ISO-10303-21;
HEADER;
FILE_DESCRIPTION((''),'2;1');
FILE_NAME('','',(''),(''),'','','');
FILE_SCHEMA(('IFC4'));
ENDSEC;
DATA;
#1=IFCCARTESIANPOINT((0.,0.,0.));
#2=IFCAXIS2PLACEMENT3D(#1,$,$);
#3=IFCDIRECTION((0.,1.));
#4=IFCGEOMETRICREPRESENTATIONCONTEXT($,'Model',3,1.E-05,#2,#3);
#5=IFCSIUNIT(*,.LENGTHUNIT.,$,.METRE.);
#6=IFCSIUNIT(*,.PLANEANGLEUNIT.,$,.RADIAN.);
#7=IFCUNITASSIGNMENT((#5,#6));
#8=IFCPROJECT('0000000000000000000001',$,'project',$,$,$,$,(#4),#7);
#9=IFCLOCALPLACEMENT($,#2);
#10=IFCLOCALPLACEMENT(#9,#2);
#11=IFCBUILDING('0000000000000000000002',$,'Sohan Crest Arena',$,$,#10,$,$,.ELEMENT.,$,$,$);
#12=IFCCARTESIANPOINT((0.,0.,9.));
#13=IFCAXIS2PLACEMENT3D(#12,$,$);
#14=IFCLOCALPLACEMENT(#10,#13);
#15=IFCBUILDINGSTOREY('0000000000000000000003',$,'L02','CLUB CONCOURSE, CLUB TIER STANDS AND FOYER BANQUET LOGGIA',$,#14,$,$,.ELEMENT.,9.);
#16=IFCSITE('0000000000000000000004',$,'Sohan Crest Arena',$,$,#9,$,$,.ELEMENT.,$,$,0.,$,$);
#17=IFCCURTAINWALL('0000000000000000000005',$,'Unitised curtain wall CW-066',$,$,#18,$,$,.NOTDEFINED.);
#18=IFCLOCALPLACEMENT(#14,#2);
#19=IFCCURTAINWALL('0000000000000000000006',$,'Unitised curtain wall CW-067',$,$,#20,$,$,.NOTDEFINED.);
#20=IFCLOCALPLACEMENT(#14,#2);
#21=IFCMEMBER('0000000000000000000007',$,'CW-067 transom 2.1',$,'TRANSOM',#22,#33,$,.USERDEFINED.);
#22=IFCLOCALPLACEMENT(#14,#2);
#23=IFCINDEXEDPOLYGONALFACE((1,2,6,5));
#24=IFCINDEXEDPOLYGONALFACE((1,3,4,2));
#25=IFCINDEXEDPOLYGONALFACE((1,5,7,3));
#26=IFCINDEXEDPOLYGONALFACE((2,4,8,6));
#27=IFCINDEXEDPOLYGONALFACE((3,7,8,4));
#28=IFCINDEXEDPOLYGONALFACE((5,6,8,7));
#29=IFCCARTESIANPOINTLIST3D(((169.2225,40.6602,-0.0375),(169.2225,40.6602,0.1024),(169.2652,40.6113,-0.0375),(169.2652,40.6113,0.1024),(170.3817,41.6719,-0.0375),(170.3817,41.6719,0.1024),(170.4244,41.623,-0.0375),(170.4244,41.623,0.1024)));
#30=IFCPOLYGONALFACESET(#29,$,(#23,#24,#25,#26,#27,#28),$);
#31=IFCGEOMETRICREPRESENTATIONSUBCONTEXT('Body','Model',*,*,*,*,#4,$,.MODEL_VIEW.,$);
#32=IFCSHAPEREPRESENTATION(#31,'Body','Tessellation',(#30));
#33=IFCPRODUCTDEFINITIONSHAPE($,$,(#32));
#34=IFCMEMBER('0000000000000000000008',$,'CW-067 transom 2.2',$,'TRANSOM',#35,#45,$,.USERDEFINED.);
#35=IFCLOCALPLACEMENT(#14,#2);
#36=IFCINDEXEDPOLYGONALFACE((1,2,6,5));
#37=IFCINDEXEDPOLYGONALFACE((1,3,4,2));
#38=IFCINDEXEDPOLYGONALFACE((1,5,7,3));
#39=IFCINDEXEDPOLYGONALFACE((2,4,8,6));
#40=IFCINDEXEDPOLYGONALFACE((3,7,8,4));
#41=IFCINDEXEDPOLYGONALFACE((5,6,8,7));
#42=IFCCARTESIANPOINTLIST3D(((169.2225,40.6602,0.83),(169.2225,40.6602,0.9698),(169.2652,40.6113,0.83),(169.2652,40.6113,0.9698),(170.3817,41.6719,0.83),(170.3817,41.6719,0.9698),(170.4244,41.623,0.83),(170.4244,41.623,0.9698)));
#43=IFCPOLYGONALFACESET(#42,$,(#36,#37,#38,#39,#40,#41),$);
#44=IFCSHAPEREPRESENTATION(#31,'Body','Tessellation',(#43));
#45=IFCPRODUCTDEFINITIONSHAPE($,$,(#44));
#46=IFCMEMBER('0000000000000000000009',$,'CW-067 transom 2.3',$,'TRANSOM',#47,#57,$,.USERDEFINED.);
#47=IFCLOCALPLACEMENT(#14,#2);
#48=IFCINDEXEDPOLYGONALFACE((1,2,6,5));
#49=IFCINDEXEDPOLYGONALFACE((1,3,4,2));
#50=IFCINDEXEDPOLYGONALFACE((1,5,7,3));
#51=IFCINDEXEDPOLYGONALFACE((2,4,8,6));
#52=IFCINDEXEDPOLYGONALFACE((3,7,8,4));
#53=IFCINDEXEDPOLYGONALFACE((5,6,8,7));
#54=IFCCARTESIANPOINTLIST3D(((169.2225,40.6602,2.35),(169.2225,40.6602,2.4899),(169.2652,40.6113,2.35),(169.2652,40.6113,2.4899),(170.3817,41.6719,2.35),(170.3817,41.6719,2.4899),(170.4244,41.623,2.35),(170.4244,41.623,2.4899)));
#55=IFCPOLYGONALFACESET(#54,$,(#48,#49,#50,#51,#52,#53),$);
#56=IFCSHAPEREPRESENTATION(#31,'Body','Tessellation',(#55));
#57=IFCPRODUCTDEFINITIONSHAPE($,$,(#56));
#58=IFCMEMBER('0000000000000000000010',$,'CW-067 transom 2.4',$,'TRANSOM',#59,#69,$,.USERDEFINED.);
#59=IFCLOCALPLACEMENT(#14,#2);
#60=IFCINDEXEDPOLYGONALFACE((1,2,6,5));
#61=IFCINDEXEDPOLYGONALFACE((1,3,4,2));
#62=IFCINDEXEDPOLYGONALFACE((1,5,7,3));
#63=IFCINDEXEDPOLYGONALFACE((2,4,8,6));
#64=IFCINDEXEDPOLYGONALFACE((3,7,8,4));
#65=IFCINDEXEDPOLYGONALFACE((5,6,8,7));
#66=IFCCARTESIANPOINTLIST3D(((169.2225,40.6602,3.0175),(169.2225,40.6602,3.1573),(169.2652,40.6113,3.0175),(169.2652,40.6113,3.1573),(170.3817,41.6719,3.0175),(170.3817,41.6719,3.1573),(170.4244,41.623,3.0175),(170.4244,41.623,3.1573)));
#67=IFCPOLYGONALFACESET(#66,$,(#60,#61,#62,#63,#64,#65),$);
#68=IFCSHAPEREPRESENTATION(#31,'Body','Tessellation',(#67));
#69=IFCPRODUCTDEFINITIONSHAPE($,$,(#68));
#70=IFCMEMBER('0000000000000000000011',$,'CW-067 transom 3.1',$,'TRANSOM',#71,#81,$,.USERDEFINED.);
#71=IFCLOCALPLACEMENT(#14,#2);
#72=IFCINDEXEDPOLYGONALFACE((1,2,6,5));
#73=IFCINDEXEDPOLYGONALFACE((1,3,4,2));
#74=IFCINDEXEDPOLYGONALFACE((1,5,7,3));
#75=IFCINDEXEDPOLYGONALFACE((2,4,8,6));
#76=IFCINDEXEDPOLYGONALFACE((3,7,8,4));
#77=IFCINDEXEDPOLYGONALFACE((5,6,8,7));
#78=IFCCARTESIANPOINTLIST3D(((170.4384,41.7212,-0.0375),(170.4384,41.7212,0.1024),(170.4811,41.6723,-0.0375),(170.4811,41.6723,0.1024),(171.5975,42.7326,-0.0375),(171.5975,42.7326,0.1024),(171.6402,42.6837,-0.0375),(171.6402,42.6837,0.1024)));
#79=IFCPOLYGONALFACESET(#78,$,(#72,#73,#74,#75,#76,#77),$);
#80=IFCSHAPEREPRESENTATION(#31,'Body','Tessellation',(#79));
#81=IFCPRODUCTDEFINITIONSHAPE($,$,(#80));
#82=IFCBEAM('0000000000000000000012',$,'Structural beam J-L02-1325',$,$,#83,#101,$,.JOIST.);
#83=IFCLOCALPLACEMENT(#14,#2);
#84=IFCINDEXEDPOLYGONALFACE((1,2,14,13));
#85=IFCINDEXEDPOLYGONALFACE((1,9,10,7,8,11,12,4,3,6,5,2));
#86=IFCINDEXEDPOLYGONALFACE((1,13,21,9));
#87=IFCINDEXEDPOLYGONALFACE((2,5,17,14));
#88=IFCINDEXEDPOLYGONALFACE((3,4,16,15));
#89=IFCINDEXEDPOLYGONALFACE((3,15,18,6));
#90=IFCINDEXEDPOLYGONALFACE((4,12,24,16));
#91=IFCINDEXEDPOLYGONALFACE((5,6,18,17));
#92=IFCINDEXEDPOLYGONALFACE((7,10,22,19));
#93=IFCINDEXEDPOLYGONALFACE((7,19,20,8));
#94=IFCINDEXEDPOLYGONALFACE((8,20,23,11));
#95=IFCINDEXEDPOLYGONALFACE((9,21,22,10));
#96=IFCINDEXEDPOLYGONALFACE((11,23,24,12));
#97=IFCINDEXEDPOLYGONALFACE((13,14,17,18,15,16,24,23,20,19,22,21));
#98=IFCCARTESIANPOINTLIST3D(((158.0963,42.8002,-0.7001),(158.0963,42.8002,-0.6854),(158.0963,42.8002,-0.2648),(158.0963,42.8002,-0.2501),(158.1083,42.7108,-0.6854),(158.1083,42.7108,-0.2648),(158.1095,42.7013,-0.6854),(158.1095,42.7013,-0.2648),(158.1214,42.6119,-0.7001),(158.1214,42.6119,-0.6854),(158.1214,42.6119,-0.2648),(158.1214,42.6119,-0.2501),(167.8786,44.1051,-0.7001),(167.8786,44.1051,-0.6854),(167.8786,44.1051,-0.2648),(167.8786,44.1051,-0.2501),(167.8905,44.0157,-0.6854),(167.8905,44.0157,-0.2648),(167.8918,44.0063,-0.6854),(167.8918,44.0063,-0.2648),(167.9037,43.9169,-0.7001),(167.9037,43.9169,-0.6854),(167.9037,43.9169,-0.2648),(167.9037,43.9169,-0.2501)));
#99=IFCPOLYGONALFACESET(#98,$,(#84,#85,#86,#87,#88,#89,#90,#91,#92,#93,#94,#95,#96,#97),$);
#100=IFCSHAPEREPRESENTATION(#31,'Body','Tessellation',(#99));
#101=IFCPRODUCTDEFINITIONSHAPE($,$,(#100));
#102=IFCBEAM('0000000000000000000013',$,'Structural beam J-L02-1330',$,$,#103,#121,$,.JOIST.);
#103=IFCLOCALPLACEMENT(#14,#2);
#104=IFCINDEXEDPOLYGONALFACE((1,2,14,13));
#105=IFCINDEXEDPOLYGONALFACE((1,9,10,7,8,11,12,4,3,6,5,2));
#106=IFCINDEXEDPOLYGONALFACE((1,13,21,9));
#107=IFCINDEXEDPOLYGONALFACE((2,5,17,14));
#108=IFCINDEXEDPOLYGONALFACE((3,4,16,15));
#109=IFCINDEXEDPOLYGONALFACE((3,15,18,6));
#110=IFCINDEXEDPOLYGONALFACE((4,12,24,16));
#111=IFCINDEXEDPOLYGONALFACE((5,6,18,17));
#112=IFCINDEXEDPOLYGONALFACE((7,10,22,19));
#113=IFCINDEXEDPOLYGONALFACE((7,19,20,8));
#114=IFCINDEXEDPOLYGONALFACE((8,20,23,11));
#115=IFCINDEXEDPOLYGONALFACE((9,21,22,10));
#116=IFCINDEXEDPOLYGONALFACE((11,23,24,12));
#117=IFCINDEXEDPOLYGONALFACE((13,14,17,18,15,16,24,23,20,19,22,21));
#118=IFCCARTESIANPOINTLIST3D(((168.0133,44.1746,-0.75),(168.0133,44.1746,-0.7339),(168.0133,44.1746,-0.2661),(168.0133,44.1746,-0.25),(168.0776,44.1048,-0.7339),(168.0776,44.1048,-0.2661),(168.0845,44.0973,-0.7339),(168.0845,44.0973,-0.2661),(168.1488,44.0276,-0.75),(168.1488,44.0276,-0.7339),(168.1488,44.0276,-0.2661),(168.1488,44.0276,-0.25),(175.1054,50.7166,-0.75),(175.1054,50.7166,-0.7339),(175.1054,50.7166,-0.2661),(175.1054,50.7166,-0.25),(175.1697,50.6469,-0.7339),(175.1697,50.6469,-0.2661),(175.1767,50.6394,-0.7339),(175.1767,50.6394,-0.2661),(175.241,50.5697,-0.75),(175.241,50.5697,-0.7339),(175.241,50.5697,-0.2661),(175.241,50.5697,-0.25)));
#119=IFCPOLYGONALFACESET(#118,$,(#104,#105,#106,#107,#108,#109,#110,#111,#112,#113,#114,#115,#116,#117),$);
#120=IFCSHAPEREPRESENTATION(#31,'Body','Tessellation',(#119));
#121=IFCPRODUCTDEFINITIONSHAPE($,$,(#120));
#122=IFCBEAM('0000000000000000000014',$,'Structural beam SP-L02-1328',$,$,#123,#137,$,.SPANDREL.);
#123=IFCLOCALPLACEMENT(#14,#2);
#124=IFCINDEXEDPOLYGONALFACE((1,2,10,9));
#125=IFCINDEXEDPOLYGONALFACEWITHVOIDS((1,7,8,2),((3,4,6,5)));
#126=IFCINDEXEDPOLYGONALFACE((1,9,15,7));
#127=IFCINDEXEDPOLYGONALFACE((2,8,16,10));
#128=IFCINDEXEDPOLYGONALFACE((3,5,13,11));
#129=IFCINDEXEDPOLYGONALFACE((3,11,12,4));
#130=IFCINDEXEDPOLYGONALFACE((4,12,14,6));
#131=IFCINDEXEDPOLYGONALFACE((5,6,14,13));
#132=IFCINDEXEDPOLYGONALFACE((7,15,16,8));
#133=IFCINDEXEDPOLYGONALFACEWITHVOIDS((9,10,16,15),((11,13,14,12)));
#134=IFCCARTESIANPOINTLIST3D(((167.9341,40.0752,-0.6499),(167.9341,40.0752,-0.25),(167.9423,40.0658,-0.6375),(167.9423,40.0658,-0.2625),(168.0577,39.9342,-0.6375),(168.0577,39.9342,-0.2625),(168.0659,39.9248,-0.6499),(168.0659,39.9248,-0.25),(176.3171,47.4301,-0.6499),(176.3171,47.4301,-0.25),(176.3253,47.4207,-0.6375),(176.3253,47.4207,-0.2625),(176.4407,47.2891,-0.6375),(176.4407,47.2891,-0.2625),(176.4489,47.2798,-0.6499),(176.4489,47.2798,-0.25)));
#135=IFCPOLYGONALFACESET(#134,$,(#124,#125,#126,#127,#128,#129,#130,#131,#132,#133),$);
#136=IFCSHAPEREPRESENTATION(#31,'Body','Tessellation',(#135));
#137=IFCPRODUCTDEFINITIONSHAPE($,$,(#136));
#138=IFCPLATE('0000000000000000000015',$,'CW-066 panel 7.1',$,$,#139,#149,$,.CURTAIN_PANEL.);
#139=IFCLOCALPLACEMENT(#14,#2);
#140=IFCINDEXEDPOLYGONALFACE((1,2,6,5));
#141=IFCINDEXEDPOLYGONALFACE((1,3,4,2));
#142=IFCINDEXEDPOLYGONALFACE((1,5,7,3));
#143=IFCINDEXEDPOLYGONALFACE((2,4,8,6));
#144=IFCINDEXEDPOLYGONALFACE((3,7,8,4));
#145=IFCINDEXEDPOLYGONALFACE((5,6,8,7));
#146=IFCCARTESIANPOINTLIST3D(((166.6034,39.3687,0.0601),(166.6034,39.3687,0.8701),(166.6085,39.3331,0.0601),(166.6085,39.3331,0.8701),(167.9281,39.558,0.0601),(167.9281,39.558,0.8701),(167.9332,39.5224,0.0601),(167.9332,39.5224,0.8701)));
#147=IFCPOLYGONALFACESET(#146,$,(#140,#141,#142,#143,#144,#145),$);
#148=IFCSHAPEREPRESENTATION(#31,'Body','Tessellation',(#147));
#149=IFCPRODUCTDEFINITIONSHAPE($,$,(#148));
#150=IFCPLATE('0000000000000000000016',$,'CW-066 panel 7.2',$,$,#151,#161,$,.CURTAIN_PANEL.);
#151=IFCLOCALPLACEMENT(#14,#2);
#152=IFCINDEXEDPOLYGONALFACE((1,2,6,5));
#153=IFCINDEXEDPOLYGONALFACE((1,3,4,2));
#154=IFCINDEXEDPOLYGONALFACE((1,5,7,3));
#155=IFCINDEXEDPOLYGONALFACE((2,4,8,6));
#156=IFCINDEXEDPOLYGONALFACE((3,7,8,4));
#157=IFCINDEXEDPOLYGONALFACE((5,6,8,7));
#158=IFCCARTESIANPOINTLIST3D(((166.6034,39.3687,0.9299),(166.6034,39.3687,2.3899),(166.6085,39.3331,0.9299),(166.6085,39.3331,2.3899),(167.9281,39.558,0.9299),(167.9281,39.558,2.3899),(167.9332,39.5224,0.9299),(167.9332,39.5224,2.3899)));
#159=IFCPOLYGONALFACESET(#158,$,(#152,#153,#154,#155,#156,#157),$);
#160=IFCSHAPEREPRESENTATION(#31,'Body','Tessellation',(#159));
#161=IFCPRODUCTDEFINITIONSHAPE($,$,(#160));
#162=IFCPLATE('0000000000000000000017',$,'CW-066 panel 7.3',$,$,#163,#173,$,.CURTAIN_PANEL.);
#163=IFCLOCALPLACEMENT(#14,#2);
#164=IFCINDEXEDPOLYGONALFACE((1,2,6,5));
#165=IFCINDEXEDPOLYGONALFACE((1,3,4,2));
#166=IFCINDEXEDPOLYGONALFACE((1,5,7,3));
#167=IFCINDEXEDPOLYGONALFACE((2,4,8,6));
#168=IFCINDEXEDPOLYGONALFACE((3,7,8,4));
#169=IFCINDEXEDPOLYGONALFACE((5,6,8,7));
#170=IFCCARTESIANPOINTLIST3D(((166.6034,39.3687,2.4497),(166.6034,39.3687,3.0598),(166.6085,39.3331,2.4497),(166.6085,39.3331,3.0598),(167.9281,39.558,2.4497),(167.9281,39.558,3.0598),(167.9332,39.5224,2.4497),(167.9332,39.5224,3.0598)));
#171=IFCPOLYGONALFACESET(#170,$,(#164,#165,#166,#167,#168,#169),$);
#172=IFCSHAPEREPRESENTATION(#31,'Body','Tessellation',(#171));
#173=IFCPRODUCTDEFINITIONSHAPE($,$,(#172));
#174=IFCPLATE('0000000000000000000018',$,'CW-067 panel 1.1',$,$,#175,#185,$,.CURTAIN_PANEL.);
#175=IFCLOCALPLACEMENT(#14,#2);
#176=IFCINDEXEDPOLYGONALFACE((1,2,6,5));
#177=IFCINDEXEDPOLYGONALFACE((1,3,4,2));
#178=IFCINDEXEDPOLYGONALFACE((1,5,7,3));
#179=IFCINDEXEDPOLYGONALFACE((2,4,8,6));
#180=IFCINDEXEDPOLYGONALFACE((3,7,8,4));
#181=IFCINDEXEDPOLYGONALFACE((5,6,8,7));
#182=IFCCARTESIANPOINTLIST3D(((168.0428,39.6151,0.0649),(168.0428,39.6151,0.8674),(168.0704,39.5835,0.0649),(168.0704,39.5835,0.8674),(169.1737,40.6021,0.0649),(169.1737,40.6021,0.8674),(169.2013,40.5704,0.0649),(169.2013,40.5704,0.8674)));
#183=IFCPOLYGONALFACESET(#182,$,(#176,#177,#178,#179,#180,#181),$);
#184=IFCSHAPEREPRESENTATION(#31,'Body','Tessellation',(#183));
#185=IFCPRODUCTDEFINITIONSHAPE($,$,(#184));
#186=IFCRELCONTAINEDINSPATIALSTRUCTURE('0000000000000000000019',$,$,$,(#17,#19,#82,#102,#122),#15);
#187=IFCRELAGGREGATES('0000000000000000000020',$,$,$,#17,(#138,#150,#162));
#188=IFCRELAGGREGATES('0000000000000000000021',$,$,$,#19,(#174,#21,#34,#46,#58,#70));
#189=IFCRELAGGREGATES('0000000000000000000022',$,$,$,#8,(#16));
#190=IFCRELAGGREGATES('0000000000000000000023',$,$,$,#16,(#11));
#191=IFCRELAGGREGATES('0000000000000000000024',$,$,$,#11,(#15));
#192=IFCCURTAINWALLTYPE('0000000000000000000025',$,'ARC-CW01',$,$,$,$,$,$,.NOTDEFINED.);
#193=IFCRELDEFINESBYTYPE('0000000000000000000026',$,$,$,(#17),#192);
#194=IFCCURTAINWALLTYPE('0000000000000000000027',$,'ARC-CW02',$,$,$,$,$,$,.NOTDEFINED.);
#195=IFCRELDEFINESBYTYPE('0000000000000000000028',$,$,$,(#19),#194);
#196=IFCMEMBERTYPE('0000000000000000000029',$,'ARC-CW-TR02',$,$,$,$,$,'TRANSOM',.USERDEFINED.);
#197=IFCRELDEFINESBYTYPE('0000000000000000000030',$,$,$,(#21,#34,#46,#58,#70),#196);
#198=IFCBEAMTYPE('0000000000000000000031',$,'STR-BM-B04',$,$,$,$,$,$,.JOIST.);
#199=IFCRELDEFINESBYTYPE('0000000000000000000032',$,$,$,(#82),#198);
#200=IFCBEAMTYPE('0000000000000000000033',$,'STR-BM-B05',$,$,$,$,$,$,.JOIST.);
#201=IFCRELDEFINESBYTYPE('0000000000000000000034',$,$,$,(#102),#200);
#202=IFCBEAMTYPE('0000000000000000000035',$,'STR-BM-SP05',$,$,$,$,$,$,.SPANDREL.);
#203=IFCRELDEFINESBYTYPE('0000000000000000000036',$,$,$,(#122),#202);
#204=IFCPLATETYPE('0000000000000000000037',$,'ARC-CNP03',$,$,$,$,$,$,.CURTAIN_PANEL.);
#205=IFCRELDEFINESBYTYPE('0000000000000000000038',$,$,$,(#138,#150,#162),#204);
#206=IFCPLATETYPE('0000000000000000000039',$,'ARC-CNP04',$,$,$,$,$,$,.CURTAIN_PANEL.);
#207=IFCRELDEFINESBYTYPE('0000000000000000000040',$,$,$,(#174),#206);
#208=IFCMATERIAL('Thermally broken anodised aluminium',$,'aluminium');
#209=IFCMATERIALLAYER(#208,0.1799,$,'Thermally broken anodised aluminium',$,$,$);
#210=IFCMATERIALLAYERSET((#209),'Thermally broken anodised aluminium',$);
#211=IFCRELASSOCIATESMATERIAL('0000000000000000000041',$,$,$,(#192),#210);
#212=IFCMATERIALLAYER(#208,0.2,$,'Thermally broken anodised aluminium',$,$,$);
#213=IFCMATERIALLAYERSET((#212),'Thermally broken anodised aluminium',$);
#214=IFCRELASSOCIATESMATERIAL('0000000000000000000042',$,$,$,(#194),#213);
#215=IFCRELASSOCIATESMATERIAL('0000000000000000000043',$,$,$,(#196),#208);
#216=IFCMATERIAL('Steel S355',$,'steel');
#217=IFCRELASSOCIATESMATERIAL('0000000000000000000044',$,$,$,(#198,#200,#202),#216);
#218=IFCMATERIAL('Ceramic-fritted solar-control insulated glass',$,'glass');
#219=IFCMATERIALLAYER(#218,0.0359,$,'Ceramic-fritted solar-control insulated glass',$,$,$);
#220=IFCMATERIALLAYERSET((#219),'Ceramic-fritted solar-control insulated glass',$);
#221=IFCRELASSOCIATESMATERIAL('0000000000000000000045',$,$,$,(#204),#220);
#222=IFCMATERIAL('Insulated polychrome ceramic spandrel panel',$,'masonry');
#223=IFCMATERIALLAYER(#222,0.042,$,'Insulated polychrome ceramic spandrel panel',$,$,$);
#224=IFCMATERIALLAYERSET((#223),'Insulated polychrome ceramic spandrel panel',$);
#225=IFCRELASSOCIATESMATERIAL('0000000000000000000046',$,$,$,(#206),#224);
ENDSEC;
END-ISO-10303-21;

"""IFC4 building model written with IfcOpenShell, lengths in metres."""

from ifc_helpers import new_model, si_unit, direction, frame, origin, origin_2d, place, context, subcontext, project, spatial, rectangle, hollow_rectangle, i_section, extrude, material, layer, layer_set, material_profile, profile_set, type_object, element, aggregate, save


model = new_model("IFC4")

# Units and contexts
model_context = context("Model", 3, precision=1e-05, world=origin(), true_north=direction((0.0, 1.0)))
body_context = subcontext(model_context, "Body", "Model", "MODEL_VIEW")
ifc_project = project(units=[si_unit("LENGTHUNIT", "METRE"), si_unit("PLANEANGLEUNIT", "RADIAN")], contexts=[model_context])

# Site, building, storey
site_placement = place(None, origin())
site = spatial("IfcSite", under=ifc_project, at=site_placement, Name="Sohan Crest Arena", CompositionType="ELEMENT", RefElevation=0.0)
building_placement = place(site_placement, origin())
building = spatial("IfcBuilding", under=site, at=building_placement, Name="Sohan Crest Arena", CompositionType="ELEMENT")
storey_placement = place(building_placement, frame((0.0, 0.0, 9.0)))
storey = spatial("IfcBuildingStorey", under=building, at=storey_placement, Name="L02", Description="CLUB CONCOURSE, CLUB TIER STANDS AND FOYER BANQUET LOGGIA", CompositionType="ELEMENT", Elevation=9.0)

# Shared definitions
ifc_material_1 = material(Name="Steel S355", Category="steel")

# Curtain wall
ifc_material_2 = material(Name="Thermally broken anodised aluminium", Category="aluminium")
ifc_layer_1 = layer(ifc_material_2, 0.1799, Name="Thermally broken anodised aluminium")
ifc_layer_set_1 = layer_set([ifc_layer_1], Name="Thermally broken anodised aluminium")
curtain_wall_type_1 = type_object("IfcCurtainWallType", Name="ARC-CW01", PredefinedType="NOTDEFINED", material=ifc_layer_set_1)
curtain_wall_1_placement = place(storey_placement, origin())
curtain_wall_1 = element("IfcCurtainWall", 1, at=curtain_wall_1_placement, inside=storey, type_object=curtain_wall_type_1, Name="Unitised curtain wall CW-066", PredefinedType="NOTDEFINED")

# Curtain wall
ifc_layer_2 = layer(ifc_material_2, 0.2, Name="Thermally broken anodised aluminium")
ifc_layer_set_2 = layer_set([ifc_layer_2], Name="Thermally broken anodised aluminium")
curtain_wall_type_2 = type_object("IfcCurtainWallType", Name="ARC-CW02", PredefinedType="NOTDEFINED", material=ifc_layer_set_2)
curtain_wall_2_placement = place(storey_placement, origin())
curtain_wall_2 = element("IfcCurtainWall", 2, at=curtain_wall_2_placement, inside=storey, type_object=curtain_wall_type_2, Name="Unitised curtain wall CW-067", PredefinedType="NOTDEFINED")

# Members
ifc_material_profile_1 = material_profile(ifc_material_2, rectangle(XDim=0.0649, YDim=0.1399, at=origin_2d()), Name="ALU-TRAN 65x140")
ifc_profile_set_1 = profile_set([ifc_material_profile_1], Name="Thermally broken anodised aluminium")
member_type_1 = type_object("IfcMemberType", Name="ARC-CW-TR02", ElementType="TRANSOM", PredefinedType="USERDEFINED", material=ifc_profile_set_1)
member_1_placement = place(storey_placement, frame((169.2439, 40.6357, 0.0325), z_axis=(0.753402, 0.65756, 0.0), x_axis=(-0.65756, 0.753402, 0.0)))
member_1 = element("IfcMember", 3, at=member_1_placement, type_object=member_type_1, Name="CW-067 transom 2.1", ObjectType="TRANSOM", PredefinedType="USERDEFINED", context=body_context, shape_type="SweptSolid", body=[
    extrude(rectangle(XDim=0.0649, YDim=0.1399, at=origin_2d()), origin(), (0.0, 0.0, 1.0), 1.5386),
])
member_2_placement = place(storey_placement, frame((169.2439, 40.6357, 0.8999), z_axis=(0.753402, 0.65756, 0.0), x_axis=(-0.65756, 0.753402, 0.0)))
member_2 = element("IfcMember", 4, at=member_2_placement, type_object=member_type_1, Name="CW-067 transom 2.2", ObjectType="TRANSOM", PredefinedType="USERDEFINED", context=body_context, shape_type="SweptSolid", body=[
    extrude(rectangle(XDim=0.0649, YDim=0.1399, at=origin_2d()), origin(), (0.0, 0.0, 1.0), 1.5386),
])
member_3_placement = place(storey_placement, frame((169.2439, 40.6357, 2.4199), z_axis=(0.753402, 0.65756, 0.0), x_axis=(-0.65756, 0.753402, 0.0)))
member_3 = element("IfcMember", 5, at=member_3_placement, type_object=member_type_1, Name="CW-067 transom 2.3", ObjectType="TRANSOM", PredefinedType="USERDEFINED", context=body_context, shape_type="SweptSolid", body=[
    extrude(rectangle(XDim=0.0649, YDim=0.1399, at=origin_2d()), origin(), (0.0, 0.0, 1.0), 1.5386),
])
member_4_placement = place(storey_placement, frame((169.2439, 40.6357, 3.0874), z_axis=(0.753402, 0.65756, 0.0), x_axis=(-0.65756, 0.753402, 0.0)))
member_4 = element("IfcMember", 6, at=member_4_placement, type_object=member_type_1, Name="CW-067 transom 2.4", ObjectType="TRANSOM", PredefinedType="USERDEFINED", context=body_context, shape_type="SweptSolid", body=[
    extrude(rectangle(XDim=0.0649, YDim=0.1399, at=origin_2d()), origin(), (0.0, 0.0, 1.0), 1.5386),
])
member_5_placement = place(storey_placement, frame((170.4597, 41.6968, 0.0325), z_axis=(0.75348, 0.65747, 0.0), x_axis=(-0.65747, 0.75348, 0.0)))
member_5 = element("IfcMember", 7, at=member_5_placement, type_object=member_type_1, Name="CW-067 transom 3.1", ObjectType="TRANSOM", PredefinedType="USERDEFINED", context=body_context, shape_type="SweptSolid", body=[
    extrude(rectangle(XDim=0.0649, YDim=0.1399, at=origin_2d()), origin(), (0.0, 0.0, 1.0), 1.5383),
])

# Beams
ifc_material_profile_2 = material_profile(ifc_material_1, i_section(OverallWidth=0.1899, OverallDepth=0.45, WebThickness=0.0095, FlangeThickness=0.0146, at=origin_2d()), Name="IPE 450")
ifc_profile_set_2 = profile_set([ifc_material_profile_2], Name="Steel S355")
beam_type_1 = type_object("IfcBeamType", Name="STR-BM-B04", PredefinedType="JOIST", material=ifc_profile_set_2)
beam_1_placement = place(storey_placement, frame((158.1089, 42.7061, -0.4751), z_axis=(0.991219, 0.132227, 0.0), x_axis=(-0.132227, 0.991219, 0.0)))
element("IfcBeam", 8, at=beam_1_placement, inside=storey, type_object=beam_type_1, Name="Structural beam J-L02-1325", PredefinedType="JOIST", context=body_context, shape_type="SweptSolid", body=[
    extrude(i_section(OverallWidth=0.1899, OverallDepth=0.45, WebThickness=0.0095, FlangeThickness=0.0146, at=origin_2d()), origin(), (0.0, 0.0, 1.0), 9.8689),
])
ifc_material_profile_3 = material_profile(ifc_material_1, i_section(OverallWidth=0.2, OverallDepth=0.5, WebThickness=0.0103, FlangeThickness=0.0161, at=origin_2d()), Name="IPE 500")
ifc_profile_set_3 = profile_set([ifc_material_profile_3], Name="Steel S355")
beam_type_2 = type_object("IfcBeamType", Name="STR-BM-B05", PredefinedType="JOIST", material=ifc_profile_set_3)
beam_2_placement = place(storey_placement, frame((168.0811, 44.1011, -0.5), z_axis=(0.735036, 0.678028, 0.0), x_axis=(-0.678028, 0.735036, 0.0)))
element("IfcBeam", 9, at=beam_2_placement, inside=storey, type_object=beam_type_2, Name="Structural beam J-L02-1330", PredefinedType="JOIST", context=body_context, shape_type="SweptSolid", body=[
    extrude(i_section(OverallWidth=0.2, OverallDepth=0.5, WebThickness=0.0103, FlangeThickness=0.0161, at=origin_2d()), origin(), (0.0, 0.0, 1.0), 9.6487),
])
ifc_material_profile_4 = material_profile(ifc_material_1, hollow_rectangle(XDim=0.2, YDim=0.3999, WallThickness=0.0125, at=origin_2d()), Name="RHS 400x200x12.5")
ifc_profile_set_4 = profile_set([ifc_material_profile_4], Name="Steel S355")
beam_type_3 = type_object("IfcBeamType", Name="STR-BM-SP05", PredefinedType="SPANDREL", material=ifc_profile_set_4)
beam_3_placement = place(storey_placement, frame((168.0, 40.0, -0.45), z_axis=(0.751696, 0.65951, 0.0), x_axis=(-0.65951, 0.751696, 0.0)))
element("IfcBeam", 10, at=beam_3_placement, inside=storey, type_object=beam_type_3, Name="Structural beam SP-L02-1328", PredefinedType="SPANDREL", context=body_context, shape_type="SweptSolid", body=[
    extrude(hollow_rectangle(XDim=0.2, YDim=0.3999, WallThickness=0.0125, at=origin_2d()), origin(), (0.0, 0.0, 1.0), 11.1521),
])

# Plates
ifc_material_3 = material(Name="Ceramic-fritted solar-control insulated glass", Category="glass")
ifc_layer_3 = layer(ifc_material_3, 0.0359, Name="Ceramic-fritted solar-control insulated glass")
ifc_layer_set_3 = layer_set([ifc_layer_3], Name="Ceramic-fritted solar-control insulated glass")
plate_type_1 = type_object("IfcPlateType", Name="ARC-CNP03", PredefinedType="CURTAIN_PANEL", material=ifc_layer_set_3)
plate_1_placement = place(storey_placement, frame((167.2683, 39.4456, 0.0601), z_axis=(0.0, 0.0, 1.0), x_axis=(0.989944, 0.141463, 0.0)))
plate_1 = element("IfcPlate", 11, at=plate_1_placement, type_object=plate_type_1, Name="CW-066 panel 7.1", PredefinedType="CURTAIN_PANEL", context=body_context, shape_type="SweptSolid", body=[
    extrude(rectangle(XDim=1.3381, YDim=0.0359, at=origin_2d()), origin(), (0.0, 0.0, 1.0), 0.8101),
])
plate_2_placement = place(storey_placement, frame((167.2683, 39.4456, 0.9299), z_axis=(0.0, 0.0, 1.0), x_axis=(0.989944, 0.141463, 0.0)))
plate_2 = element("IfcPlate", 12, at=plate_2_placement, type_object=plate_type_1, Name="CW-066 panel 7.2", PredefinedType="CURTAIN_PANEL", context=body_context, shape_type="SweptSolid", body=[
    extrude(rectangle(XDim=1.3381, YDim=0.0359, at=origin_2d()), origin(), (0.0, 0.0, 1.0), 1.46),
])
plate_3_placement = place(storey_placement, frame((167.2683, 39.4456, 2.4497), z_axis=(0.0, 0.0, 1.0), x_axis=(0.989944, 0.141463, 0.0)))
plate_3 = element("IfcPlate", 13, at=plate_3_placement, type_object=plate_type_1, Name="CW-066 panel 7.3", PredefinedType="CURTAIN_PANEL", context=body_context, shape_type="SweptSolid", body=[
    extrude(rectangle(XDim=1.3381, YDim=0.0359, at=origin_2d()), origin(), (0.0, 0.0, 1.0), 0.6101),
])
aggregate(curtain_wall_1, [plate_1, plate_2, plate_3])
ifc_material_4 = material(Name="Insulated polychrome ceramic spandrel panel", Category="masonry")
ifc_layer_4 = layer(ifc_material_4, 0.042, Name="Insulated polychrome ceramic spandrel panel")
ifc_layer_set_4 = layer_set([ifc_layer_4], Name="Insulated polychrome ceramic spandrel panel")
plate_type_2 = type_object("IfcPlateType", Name="ARC-CNP04", PredefinedType="CURTAIN_PANEL", material=ifc_layer_set_4)
plate_4_placement = place(storey_placement, frame((168.6221, 40.0928, 0.0649), z_axis=(0.0, 0.0, 1.0), x_axis=(0.753421, 0.657539, 0.0)))
plate_4 = element("IfcPlate", 14, at=plate_4_placement, type_object=plate_type_2, Name="CW-067 panel 1.1", PredefinedType="CURTAIN_PANEL", context=body_context, shape_type="SweptSolid", body=[
    extrude(rectangle(XDim=1.501, YDim=0.042, at=origin_2d()), origin(), (0.0, 0.0, 1.0), 0.8025),
])
aggregate(curtain_wall_2, [plate_4, member_1, member_2, member_3, member_4, member_5])

save(model, "model.ifc")
